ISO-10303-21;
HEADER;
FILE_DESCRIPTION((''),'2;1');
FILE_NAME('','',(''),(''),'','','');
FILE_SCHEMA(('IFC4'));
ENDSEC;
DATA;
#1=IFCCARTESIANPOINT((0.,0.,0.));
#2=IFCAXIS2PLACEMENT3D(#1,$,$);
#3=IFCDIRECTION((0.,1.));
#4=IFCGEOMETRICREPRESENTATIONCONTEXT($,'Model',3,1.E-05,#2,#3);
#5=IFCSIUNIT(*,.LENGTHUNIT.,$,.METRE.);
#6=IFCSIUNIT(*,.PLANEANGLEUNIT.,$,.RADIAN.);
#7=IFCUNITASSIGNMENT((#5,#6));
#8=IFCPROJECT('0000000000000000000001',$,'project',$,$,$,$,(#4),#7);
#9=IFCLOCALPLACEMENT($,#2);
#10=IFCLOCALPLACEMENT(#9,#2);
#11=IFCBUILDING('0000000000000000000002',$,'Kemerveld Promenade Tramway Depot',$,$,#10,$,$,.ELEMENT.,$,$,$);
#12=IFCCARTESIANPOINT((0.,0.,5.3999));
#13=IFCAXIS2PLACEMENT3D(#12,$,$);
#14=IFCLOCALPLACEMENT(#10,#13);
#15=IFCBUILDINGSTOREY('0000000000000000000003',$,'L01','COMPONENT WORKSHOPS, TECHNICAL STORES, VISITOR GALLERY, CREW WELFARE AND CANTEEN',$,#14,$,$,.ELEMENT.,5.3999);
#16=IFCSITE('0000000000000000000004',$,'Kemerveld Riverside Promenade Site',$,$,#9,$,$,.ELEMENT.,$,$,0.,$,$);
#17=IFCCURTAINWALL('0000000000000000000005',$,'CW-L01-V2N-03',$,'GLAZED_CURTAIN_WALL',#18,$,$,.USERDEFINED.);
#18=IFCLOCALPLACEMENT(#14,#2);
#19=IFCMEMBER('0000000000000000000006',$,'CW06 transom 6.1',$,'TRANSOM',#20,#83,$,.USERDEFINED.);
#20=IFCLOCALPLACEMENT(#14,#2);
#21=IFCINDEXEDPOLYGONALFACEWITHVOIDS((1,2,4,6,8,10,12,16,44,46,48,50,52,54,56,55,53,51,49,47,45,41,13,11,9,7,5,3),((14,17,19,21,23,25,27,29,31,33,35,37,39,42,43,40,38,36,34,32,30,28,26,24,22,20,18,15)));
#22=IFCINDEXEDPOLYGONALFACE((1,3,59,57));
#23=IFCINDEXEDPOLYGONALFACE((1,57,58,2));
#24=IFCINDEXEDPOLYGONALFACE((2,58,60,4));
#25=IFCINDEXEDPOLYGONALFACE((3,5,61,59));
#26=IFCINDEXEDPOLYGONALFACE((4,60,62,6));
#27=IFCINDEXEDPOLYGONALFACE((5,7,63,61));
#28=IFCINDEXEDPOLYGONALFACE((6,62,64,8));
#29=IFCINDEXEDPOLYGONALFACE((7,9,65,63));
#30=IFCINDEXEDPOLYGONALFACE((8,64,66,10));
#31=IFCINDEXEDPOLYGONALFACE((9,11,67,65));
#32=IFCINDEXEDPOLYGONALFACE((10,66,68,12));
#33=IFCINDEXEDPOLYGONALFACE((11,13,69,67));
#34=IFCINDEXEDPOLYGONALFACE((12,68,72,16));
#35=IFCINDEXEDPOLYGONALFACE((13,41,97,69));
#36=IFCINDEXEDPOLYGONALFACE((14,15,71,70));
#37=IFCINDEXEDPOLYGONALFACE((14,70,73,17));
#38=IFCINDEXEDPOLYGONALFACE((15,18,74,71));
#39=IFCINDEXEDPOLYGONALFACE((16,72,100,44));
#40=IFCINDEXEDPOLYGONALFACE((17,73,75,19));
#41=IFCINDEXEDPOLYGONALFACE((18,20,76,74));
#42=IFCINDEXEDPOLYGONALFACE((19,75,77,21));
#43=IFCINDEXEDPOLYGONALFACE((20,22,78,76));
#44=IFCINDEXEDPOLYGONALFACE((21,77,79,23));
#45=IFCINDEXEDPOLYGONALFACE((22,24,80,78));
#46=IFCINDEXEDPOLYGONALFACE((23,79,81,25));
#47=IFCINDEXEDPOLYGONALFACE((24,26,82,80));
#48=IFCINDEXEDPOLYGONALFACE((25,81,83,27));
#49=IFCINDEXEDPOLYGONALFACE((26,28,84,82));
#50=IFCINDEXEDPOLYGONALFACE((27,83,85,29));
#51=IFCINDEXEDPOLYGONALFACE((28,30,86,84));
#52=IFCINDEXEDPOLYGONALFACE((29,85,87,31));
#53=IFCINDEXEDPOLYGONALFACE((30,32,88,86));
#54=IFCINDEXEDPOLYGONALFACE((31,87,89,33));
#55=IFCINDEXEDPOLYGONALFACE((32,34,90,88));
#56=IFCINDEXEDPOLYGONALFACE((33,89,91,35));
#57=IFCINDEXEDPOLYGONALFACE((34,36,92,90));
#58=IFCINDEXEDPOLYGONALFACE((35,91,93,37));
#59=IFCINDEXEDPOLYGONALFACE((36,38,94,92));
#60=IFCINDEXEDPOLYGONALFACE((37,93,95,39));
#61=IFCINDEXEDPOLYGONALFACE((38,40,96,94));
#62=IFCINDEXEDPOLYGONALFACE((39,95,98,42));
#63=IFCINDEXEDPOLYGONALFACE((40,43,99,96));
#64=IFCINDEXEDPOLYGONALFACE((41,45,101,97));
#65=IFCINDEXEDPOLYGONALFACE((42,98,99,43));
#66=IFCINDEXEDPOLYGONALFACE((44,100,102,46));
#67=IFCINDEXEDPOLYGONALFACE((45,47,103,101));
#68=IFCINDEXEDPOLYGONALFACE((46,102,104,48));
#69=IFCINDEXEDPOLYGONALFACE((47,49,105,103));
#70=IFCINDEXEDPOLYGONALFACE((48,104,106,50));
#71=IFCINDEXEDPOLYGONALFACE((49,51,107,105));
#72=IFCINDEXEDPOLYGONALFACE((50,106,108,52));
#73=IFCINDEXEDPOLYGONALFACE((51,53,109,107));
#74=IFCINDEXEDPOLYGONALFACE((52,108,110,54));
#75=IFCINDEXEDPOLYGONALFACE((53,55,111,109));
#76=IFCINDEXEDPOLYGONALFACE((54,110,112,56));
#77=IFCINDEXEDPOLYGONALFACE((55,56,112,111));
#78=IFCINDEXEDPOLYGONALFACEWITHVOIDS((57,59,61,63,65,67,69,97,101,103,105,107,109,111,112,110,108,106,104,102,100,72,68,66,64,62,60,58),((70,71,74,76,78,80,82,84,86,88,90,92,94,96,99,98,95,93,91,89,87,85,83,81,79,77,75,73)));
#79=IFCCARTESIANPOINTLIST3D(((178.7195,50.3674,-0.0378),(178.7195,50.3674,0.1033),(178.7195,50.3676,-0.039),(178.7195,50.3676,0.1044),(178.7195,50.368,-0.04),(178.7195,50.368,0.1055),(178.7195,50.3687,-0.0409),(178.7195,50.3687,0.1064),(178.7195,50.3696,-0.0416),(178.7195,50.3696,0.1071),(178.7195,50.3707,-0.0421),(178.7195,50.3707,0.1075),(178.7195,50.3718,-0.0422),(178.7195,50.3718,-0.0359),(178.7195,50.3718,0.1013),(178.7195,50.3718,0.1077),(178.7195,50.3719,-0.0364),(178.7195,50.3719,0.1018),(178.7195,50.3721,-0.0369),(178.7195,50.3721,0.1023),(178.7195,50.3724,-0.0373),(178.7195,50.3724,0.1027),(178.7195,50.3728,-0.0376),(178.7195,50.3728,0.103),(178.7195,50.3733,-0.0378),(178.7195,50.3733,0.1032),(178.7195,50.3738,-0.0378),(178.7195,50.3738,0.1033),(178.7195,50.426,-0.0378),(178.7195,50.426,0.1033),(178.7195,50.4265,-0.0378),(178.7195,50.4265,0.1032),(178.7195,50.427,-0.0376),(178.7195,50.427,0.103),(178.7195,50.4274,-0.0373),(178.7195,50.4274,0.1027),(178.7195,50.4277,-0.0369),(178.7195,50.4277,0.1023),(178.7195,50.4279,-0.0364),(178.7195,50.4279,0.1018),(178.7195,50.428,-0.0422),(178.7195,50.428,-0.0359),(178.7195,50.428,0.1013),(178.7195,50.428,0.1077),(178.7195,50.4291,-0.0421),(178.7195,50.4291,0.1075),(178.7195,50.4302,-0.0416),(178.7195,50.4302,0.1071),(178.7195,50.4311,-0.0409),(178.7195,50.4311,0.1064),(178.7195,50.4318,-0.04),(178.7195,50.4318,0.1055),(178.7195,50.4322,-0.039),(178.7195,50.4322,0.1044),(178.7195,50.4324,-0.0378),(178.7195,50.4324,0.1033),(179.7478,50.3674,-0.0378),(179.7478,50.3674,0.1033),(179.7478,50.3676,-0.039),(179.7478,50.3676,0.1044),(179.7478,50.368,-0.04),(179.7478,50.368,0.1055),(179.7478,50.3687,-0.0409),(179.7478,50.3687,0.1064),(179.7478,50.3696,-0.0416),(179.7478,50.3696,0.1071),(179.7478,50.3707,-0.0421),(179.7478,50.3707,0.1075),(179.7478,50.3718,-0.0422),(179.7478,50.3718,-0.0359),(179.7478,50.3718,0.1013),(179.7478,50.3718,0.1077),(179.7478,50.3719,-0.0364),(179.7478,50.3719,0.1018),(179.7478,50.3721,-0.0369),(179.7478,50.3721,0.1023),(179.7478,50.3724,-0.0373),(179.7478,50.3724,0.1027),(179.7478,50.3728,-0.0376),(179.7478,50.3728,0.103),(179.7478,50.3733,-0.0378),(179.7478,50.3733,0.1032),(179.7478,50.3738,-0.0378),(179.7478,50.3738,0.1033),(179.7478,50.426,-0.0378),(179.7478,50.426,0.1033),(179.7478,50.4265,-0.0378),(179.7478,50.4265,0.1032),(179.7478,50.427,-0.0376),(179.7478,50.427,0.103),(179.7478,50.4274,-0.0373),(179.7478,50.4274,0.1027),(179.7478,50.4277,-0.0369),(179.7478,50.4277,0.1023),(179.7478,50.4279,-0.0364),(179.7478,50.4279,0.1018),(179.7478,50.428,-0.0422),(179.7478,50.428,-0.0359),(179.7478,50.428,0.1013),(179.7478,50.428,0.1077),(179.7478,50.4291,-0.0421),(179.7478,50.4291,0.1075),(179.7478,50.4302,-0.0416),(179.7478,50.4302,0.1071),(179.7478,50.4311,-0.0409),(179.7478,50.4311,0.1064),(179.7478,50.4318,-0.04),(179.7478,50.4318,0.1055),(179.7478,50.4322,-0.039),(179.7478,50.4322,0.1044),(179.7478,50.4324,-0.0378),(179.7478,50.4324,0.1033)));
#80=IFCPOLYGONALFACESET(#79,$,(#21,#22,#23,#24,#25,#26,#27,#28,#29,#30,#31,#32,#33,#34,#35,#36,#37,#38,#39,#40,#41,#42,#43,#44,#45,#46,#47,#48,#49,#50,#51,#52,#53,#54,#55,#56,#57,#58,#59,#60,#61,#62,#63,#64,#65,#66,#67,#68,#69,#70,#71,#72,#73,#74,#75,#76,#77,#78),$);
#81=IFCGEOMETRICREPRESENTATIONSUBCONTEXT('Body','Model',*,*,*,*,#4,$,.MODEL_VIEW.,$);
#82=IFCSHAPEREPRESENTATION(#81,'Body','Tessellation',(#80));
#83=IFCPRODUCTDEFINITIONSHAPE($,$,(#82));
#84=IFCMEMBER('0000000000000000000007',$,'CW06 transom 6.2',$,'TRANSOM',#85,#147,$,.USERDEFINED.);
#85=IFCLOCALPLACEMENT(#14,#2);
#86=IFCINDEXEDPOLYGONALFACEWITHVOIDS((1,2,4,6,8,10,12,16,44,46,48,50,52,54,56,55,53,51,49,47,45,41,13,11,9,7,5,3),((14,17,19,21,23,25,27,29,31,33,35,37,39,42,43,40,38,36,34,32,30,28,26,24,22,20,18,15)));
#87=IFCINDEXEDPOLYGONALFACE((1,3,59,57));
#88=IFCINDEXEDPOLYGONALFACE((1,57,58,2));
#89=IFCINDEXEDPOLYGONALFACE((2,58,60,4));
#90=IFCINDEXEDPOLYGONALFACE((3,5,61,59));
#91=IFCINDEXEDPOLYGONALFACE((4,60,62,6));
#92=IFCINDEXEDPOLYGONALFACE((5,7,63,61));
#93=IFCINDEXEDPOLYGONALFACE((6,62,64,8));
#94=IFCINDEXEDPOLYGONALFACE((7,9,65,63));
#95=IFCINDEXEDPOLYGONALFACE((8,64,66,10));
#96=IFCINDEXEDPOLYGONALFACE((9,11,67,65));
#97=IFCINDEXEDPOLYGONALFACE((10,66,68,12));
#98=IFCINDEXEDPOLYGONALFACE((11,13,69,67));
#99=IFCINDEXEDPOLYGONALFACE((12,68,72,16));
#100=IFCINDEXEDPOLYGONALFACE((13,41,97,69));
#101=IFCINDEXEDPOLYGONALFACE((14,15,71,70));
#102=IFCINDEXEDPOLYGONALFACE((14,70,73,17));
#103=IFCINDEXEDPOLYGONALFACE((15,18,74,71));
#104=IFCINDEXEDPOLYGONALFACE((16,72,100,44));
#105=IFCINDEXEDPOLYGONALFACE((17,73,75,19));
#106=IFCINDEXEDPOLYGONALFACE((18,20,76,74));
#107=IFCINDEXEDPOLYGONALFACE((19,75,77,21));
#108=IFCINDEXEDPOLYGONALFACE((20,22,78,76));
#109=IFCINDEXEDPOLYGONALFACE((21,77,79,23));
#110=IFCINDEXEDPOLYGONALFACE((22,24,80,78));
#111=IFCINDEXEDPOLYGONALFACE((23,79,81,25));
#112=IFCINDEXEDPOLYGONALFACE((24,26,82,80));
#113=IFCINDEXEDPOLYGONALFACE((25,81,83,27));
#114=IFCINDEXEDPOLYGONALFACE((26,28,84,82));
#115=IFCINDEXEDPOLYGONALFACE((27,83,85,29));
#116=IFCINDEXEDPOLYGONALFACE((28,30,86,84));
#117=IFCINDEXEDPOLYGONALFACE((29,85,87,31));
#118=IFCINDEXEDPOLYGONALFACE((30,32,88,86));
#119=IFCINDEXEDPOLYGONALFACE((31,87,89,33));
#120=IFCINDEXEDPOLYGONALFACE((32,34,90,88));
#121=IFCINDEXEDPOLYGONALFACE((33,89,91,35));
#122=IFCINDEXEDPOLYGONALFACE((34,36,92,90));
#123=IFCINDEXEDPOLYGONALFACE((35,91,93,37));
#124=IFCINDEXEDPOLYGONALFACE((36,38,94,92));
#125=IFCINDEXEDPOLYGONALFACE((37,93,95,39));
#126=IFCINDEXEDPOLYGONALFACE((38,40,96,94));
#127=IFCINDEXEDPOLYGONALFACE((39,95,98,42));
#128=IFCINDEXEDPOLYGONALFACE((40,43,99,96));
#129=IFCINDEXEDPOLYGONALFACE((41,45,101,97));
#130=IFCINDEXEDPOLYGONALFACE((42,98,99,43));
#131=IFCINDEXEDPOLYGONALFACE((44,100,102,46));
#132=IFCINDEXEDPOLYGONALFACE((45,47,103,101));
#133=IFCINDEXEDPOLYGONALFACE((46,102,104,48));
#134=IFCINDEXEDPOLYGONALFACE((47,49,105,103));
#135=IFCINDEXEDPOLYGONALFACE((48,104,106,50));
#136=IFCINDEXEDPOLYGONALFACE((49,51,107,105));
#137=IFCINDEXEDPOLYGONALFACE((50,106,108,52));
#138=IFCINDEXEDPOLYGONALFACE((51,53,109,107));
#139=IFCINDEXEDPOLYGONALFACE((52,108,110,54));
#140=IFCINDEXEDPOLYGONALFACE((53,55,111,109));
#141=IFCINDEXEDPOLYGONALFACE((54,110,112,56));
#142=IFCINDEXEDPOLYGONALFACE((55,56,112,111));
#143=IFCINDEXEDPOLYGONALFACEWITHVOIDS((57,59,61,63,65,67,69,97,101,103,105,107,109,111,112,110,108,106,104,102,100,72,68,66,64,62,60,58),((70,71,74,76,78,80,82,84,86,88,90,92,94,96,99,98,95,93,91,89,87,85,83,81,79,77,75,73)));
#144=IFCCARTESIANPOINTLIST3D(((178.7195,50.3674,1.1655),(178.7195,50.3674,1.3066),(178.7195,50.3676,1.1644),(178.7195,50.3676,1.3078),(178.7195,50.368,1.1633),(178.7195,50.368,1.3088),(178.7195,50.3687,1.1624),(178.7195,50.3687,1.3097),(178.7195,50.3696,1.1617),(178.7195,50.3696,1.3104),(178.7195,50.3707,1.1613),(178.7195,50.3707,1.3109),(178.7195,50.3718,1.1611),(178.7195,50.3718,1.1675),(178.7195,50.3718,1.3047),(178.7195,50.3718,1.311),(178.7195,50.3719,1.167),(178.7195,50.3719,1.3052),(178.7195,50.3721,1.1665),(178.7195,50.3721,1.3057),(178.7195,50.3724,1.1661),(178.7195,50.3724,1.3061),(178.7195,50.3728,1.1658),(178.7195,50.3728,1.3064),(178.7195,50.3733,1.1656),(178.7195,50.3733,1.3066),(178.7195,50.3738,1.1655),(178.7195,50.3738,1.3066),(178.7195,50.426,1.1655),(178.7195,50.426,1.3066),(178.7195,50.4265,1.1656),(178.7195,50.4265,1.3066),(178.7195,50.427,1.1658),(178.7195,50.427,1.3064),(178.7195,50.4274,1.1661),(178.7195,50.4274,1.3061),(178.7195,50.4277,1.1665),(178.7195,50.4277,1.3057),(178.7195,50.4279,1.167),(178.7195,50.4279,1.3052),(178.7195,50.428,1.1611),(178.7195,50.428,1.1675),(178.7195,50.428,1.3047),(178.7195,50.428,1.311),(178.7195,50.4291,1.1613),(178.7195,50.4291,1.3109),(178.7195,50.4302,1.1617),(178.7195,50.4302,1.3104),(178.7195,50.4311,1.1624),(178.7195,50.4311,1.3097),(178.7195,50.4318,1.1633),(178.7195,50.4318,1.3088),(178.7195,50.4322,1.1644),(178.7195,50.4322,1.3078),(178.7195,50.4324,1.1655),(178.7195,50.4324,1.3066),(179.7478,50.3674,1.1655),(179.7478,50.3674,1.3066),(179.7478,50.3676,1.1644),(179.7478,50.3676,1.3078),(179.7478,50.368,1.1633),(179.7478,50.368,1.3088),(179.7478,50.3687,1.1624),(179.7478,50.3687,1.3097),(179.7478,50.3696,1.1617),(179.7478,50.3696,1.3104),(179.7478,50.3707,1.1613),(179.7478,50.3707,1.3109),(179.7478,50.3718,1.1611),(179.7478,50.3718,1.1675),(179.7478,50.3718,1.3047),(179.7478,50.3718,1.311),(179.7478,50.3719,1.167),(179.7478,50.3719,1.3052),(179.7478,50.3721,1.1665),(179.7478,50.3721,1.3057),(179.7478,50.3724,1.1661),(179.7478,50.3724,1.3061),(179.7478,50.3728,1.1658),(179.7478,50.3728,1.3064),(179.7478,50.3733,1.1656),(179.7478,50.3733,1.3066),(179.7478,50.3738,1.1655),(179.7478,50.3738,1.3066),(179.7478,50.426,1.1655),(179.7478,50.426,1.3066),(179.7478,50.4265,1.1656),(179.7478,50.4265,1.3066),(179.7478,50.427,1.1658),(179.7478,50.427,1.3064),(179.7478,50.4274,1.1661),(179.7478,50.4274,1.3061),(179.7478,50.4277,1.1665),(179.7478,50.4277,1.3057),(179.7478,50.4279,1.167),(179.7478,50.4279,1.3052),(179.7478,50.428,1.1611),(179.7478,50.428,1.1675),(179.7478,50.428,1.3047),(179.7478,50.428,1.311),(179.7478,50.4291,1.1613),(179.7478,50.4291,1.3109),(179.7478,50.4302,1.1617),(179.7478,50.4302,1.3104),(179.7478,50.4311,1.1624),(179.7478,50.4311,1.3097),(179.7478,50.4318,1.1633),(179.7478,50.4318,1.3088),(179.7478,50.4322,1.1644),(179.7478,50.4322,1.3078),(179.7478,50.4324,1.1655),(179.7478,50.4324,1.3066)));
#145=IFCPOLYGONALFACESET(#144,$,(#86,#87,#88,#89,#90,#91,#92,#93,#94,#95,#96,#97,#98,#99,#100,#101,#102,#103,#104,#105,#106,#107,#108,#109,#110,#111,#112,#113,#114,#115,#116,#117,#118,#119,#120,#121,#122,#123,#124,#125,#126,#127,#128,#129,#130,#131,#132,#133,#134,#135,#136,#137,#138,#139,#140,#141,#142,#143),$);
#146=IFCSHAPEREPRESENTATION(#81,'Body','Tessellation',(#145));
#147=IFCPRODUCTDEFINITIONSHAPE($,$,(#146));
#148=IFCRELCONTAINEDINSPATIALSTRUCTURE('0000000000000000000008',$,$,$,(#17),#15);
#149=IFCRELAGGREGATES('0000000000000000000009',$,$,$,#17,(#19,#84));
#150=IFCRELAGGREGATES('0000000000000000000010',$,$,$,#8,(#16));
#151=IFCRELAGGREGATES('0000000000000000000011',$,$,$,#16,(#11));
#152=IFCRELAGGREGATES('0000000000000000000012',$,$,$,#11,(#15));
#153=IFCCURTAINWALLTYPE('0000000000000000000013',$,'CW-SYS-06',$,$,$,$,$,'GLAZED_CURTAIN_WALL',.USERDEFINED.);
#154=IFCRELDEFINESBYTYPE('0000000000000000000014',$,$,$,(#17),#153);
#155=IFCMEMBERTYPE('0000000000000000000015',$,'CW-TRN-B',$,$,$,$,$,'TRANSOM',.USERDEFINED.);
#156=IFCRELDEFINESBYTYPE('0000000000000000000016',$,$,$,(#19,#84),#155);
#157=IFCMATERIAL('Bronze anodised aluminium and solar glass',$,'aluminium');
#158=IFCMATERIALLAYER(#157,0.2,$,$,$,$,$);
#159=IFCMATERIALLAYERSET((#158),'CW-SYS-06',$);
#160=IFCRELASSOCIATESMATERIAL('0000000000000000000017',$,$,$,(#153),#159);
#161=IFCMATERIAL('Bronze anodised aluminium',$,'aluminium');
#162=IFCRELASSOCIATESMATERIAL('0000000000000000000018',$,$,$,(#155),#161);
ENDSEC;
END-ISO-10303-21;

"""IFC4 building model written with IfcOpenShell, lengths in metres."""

from ifc_helpers import new_model, si_unit, direction, frame, origin, origin_2d, place, context, subcontext, project, spatial, hollow_rectangle, extrude, material, layer, layer_set, material_profile, profile_set, type_object, element, aggregate, save


model = new_model("IFC4")

# Units and contexts
model_context = context("Model", 3, precision=1e-05, world=origin(), true_north=direction((0.0, 1.0)))
body_context = subcontext(model_context, "Body", "Model", "MODEL_VIEW")
ifc_project = project(units=[si_unit("LENGTHUNIT", "METRE"), si_unit("PLANEANGLEUNIT", "RADIAN")], contexts=[model_context])

# Site, building, storey
site_placement = place(None, origin())
site = spatial("IfcSite", under=ifc_project, at=site_placement, Name="Kemerveld Riverside Promenade Site", CompositionType="ELEMENT", RefElevation=0.0)
building_placement = place(site_placement, origin())
building = spatial("IfcBuilding", under=site, at=building_placement, Name="Kemerveld Promenade Tramway Depot", CompositionType="ELEMENT")
storey_placement = place(building_placement, frame((0.0, 0.0, 5.3999)))
storey = spatial("IfcBuildingStorey", under=building, at=storey_placement, Name="L01", Description="COMPONENT WORKSHOPS, TECHNICAL STORES, VISITOR GALLERY, CREW WELFARE AND CANTEEN", CompositionType="ELEMENT", Elevation=5.3999)

# Curtain wall
ifc_material_1 = material(Name="Bronze anodised aluminium and solar glass", Category="aluminium")
ifc_layer_1 = layer(ifc_material_1, 0.2)
ifc_layer_set_1 = layer_set([ifc_layer_1], Name="CW-SYS-06")
curtain_wall_type_1 = type_object("IfcCurtainWallType", Name="CW-SYS-06", ElementType="GLAZED_CURTAIN_WALL", PredefinedType="USERDEFINED", material=ifc_layer_set_1)
curtain_wall_1_placement = place(storey_placement, origin())
curtain_wall_1 = element("IfcCurtainWall", 1, at=curtain_wall_1_placement, inside=storey, type_object=curtain_wall_type_1, Name="CW-L01-V2N-03", ObjectType="GLAZED_CURTAIN_WALL", PredefinedType="USERDEFINED")
ifc_material_2 = material(Name="Bronze anodised aluminium", Category="aluminium")

# Members
ifc_material_profile_1 = material_profile(ifc_material_2, hollow_rectangle(XDim=0.0649, YDim=0.1499, WallThickness=0.0044, InnerFilletRadius=0.002, OuterFilletRadius=0.0044, at=origin_2d()), Name="CW-TRN-150x65")
ifc_profile_set_1 = profile_set([ifc_material_profile_1], Name="Bronze anodised aluminium")
member_type_1 = type_object("IfcMemberType", Name="CW-TRN-B", ElementType="TRANSOM", PredefinedType="USERDEFINED", material=ifc_profile_set_1)
member_1_placement = place(storey_placement, frame((178.7195, 50.3999, 0.0327), z_axis=(1.0, 0.0, 0.0), x_axis=(0.0, 1.0, 0.0)))
member_1 = element("IfcMember", 2, at=member_1_placement, type_object=member_type_1, Name="CW06 transom 6.1", ObjectType="TRANSOM", PredefinedType="USERDEFINED", context=body_context, shape_type="SweptSolid", body=[
    extrude(hollow_rectangle(XDim=0.0649, YDim=0.1499, WallThickness=0.0044, InnerFilletRadius=0.002, OuterFilletRadius=0.0044, at=origin_2d()), origin(), (0.0, 0.0, 1.0), 1.0283),
])
member_2_placement = place(storey_placement, frame((178.7195, 50.3999, 1.2361), z_axis=(1.0, 0.0, 0.0), x_axis=(0.0, 1.0, 0.0)))
member_2 = element("IfcMember", 3, at=member_2_placement, type_object=member_type_1, Name="CW06 transom 6.2", ObjectType="TRANSOM", PredefinedType="USERDEFINED", context=body_context, shape_type="SweptSolid", body=[
    extrude(hollow_rectangle(XDim=0.0649, YDim=0.1499, WallThickness=0.0044, InnerFilletRadius=0.002, OuterFilletRadius=0.0044, at=origin_2d()), origin(), (0.0, 0.0, 1.0), 1.0283),
])

aggregate(curtain_wall_1, [member_1, member_2])

save(model, "model.ifc")
